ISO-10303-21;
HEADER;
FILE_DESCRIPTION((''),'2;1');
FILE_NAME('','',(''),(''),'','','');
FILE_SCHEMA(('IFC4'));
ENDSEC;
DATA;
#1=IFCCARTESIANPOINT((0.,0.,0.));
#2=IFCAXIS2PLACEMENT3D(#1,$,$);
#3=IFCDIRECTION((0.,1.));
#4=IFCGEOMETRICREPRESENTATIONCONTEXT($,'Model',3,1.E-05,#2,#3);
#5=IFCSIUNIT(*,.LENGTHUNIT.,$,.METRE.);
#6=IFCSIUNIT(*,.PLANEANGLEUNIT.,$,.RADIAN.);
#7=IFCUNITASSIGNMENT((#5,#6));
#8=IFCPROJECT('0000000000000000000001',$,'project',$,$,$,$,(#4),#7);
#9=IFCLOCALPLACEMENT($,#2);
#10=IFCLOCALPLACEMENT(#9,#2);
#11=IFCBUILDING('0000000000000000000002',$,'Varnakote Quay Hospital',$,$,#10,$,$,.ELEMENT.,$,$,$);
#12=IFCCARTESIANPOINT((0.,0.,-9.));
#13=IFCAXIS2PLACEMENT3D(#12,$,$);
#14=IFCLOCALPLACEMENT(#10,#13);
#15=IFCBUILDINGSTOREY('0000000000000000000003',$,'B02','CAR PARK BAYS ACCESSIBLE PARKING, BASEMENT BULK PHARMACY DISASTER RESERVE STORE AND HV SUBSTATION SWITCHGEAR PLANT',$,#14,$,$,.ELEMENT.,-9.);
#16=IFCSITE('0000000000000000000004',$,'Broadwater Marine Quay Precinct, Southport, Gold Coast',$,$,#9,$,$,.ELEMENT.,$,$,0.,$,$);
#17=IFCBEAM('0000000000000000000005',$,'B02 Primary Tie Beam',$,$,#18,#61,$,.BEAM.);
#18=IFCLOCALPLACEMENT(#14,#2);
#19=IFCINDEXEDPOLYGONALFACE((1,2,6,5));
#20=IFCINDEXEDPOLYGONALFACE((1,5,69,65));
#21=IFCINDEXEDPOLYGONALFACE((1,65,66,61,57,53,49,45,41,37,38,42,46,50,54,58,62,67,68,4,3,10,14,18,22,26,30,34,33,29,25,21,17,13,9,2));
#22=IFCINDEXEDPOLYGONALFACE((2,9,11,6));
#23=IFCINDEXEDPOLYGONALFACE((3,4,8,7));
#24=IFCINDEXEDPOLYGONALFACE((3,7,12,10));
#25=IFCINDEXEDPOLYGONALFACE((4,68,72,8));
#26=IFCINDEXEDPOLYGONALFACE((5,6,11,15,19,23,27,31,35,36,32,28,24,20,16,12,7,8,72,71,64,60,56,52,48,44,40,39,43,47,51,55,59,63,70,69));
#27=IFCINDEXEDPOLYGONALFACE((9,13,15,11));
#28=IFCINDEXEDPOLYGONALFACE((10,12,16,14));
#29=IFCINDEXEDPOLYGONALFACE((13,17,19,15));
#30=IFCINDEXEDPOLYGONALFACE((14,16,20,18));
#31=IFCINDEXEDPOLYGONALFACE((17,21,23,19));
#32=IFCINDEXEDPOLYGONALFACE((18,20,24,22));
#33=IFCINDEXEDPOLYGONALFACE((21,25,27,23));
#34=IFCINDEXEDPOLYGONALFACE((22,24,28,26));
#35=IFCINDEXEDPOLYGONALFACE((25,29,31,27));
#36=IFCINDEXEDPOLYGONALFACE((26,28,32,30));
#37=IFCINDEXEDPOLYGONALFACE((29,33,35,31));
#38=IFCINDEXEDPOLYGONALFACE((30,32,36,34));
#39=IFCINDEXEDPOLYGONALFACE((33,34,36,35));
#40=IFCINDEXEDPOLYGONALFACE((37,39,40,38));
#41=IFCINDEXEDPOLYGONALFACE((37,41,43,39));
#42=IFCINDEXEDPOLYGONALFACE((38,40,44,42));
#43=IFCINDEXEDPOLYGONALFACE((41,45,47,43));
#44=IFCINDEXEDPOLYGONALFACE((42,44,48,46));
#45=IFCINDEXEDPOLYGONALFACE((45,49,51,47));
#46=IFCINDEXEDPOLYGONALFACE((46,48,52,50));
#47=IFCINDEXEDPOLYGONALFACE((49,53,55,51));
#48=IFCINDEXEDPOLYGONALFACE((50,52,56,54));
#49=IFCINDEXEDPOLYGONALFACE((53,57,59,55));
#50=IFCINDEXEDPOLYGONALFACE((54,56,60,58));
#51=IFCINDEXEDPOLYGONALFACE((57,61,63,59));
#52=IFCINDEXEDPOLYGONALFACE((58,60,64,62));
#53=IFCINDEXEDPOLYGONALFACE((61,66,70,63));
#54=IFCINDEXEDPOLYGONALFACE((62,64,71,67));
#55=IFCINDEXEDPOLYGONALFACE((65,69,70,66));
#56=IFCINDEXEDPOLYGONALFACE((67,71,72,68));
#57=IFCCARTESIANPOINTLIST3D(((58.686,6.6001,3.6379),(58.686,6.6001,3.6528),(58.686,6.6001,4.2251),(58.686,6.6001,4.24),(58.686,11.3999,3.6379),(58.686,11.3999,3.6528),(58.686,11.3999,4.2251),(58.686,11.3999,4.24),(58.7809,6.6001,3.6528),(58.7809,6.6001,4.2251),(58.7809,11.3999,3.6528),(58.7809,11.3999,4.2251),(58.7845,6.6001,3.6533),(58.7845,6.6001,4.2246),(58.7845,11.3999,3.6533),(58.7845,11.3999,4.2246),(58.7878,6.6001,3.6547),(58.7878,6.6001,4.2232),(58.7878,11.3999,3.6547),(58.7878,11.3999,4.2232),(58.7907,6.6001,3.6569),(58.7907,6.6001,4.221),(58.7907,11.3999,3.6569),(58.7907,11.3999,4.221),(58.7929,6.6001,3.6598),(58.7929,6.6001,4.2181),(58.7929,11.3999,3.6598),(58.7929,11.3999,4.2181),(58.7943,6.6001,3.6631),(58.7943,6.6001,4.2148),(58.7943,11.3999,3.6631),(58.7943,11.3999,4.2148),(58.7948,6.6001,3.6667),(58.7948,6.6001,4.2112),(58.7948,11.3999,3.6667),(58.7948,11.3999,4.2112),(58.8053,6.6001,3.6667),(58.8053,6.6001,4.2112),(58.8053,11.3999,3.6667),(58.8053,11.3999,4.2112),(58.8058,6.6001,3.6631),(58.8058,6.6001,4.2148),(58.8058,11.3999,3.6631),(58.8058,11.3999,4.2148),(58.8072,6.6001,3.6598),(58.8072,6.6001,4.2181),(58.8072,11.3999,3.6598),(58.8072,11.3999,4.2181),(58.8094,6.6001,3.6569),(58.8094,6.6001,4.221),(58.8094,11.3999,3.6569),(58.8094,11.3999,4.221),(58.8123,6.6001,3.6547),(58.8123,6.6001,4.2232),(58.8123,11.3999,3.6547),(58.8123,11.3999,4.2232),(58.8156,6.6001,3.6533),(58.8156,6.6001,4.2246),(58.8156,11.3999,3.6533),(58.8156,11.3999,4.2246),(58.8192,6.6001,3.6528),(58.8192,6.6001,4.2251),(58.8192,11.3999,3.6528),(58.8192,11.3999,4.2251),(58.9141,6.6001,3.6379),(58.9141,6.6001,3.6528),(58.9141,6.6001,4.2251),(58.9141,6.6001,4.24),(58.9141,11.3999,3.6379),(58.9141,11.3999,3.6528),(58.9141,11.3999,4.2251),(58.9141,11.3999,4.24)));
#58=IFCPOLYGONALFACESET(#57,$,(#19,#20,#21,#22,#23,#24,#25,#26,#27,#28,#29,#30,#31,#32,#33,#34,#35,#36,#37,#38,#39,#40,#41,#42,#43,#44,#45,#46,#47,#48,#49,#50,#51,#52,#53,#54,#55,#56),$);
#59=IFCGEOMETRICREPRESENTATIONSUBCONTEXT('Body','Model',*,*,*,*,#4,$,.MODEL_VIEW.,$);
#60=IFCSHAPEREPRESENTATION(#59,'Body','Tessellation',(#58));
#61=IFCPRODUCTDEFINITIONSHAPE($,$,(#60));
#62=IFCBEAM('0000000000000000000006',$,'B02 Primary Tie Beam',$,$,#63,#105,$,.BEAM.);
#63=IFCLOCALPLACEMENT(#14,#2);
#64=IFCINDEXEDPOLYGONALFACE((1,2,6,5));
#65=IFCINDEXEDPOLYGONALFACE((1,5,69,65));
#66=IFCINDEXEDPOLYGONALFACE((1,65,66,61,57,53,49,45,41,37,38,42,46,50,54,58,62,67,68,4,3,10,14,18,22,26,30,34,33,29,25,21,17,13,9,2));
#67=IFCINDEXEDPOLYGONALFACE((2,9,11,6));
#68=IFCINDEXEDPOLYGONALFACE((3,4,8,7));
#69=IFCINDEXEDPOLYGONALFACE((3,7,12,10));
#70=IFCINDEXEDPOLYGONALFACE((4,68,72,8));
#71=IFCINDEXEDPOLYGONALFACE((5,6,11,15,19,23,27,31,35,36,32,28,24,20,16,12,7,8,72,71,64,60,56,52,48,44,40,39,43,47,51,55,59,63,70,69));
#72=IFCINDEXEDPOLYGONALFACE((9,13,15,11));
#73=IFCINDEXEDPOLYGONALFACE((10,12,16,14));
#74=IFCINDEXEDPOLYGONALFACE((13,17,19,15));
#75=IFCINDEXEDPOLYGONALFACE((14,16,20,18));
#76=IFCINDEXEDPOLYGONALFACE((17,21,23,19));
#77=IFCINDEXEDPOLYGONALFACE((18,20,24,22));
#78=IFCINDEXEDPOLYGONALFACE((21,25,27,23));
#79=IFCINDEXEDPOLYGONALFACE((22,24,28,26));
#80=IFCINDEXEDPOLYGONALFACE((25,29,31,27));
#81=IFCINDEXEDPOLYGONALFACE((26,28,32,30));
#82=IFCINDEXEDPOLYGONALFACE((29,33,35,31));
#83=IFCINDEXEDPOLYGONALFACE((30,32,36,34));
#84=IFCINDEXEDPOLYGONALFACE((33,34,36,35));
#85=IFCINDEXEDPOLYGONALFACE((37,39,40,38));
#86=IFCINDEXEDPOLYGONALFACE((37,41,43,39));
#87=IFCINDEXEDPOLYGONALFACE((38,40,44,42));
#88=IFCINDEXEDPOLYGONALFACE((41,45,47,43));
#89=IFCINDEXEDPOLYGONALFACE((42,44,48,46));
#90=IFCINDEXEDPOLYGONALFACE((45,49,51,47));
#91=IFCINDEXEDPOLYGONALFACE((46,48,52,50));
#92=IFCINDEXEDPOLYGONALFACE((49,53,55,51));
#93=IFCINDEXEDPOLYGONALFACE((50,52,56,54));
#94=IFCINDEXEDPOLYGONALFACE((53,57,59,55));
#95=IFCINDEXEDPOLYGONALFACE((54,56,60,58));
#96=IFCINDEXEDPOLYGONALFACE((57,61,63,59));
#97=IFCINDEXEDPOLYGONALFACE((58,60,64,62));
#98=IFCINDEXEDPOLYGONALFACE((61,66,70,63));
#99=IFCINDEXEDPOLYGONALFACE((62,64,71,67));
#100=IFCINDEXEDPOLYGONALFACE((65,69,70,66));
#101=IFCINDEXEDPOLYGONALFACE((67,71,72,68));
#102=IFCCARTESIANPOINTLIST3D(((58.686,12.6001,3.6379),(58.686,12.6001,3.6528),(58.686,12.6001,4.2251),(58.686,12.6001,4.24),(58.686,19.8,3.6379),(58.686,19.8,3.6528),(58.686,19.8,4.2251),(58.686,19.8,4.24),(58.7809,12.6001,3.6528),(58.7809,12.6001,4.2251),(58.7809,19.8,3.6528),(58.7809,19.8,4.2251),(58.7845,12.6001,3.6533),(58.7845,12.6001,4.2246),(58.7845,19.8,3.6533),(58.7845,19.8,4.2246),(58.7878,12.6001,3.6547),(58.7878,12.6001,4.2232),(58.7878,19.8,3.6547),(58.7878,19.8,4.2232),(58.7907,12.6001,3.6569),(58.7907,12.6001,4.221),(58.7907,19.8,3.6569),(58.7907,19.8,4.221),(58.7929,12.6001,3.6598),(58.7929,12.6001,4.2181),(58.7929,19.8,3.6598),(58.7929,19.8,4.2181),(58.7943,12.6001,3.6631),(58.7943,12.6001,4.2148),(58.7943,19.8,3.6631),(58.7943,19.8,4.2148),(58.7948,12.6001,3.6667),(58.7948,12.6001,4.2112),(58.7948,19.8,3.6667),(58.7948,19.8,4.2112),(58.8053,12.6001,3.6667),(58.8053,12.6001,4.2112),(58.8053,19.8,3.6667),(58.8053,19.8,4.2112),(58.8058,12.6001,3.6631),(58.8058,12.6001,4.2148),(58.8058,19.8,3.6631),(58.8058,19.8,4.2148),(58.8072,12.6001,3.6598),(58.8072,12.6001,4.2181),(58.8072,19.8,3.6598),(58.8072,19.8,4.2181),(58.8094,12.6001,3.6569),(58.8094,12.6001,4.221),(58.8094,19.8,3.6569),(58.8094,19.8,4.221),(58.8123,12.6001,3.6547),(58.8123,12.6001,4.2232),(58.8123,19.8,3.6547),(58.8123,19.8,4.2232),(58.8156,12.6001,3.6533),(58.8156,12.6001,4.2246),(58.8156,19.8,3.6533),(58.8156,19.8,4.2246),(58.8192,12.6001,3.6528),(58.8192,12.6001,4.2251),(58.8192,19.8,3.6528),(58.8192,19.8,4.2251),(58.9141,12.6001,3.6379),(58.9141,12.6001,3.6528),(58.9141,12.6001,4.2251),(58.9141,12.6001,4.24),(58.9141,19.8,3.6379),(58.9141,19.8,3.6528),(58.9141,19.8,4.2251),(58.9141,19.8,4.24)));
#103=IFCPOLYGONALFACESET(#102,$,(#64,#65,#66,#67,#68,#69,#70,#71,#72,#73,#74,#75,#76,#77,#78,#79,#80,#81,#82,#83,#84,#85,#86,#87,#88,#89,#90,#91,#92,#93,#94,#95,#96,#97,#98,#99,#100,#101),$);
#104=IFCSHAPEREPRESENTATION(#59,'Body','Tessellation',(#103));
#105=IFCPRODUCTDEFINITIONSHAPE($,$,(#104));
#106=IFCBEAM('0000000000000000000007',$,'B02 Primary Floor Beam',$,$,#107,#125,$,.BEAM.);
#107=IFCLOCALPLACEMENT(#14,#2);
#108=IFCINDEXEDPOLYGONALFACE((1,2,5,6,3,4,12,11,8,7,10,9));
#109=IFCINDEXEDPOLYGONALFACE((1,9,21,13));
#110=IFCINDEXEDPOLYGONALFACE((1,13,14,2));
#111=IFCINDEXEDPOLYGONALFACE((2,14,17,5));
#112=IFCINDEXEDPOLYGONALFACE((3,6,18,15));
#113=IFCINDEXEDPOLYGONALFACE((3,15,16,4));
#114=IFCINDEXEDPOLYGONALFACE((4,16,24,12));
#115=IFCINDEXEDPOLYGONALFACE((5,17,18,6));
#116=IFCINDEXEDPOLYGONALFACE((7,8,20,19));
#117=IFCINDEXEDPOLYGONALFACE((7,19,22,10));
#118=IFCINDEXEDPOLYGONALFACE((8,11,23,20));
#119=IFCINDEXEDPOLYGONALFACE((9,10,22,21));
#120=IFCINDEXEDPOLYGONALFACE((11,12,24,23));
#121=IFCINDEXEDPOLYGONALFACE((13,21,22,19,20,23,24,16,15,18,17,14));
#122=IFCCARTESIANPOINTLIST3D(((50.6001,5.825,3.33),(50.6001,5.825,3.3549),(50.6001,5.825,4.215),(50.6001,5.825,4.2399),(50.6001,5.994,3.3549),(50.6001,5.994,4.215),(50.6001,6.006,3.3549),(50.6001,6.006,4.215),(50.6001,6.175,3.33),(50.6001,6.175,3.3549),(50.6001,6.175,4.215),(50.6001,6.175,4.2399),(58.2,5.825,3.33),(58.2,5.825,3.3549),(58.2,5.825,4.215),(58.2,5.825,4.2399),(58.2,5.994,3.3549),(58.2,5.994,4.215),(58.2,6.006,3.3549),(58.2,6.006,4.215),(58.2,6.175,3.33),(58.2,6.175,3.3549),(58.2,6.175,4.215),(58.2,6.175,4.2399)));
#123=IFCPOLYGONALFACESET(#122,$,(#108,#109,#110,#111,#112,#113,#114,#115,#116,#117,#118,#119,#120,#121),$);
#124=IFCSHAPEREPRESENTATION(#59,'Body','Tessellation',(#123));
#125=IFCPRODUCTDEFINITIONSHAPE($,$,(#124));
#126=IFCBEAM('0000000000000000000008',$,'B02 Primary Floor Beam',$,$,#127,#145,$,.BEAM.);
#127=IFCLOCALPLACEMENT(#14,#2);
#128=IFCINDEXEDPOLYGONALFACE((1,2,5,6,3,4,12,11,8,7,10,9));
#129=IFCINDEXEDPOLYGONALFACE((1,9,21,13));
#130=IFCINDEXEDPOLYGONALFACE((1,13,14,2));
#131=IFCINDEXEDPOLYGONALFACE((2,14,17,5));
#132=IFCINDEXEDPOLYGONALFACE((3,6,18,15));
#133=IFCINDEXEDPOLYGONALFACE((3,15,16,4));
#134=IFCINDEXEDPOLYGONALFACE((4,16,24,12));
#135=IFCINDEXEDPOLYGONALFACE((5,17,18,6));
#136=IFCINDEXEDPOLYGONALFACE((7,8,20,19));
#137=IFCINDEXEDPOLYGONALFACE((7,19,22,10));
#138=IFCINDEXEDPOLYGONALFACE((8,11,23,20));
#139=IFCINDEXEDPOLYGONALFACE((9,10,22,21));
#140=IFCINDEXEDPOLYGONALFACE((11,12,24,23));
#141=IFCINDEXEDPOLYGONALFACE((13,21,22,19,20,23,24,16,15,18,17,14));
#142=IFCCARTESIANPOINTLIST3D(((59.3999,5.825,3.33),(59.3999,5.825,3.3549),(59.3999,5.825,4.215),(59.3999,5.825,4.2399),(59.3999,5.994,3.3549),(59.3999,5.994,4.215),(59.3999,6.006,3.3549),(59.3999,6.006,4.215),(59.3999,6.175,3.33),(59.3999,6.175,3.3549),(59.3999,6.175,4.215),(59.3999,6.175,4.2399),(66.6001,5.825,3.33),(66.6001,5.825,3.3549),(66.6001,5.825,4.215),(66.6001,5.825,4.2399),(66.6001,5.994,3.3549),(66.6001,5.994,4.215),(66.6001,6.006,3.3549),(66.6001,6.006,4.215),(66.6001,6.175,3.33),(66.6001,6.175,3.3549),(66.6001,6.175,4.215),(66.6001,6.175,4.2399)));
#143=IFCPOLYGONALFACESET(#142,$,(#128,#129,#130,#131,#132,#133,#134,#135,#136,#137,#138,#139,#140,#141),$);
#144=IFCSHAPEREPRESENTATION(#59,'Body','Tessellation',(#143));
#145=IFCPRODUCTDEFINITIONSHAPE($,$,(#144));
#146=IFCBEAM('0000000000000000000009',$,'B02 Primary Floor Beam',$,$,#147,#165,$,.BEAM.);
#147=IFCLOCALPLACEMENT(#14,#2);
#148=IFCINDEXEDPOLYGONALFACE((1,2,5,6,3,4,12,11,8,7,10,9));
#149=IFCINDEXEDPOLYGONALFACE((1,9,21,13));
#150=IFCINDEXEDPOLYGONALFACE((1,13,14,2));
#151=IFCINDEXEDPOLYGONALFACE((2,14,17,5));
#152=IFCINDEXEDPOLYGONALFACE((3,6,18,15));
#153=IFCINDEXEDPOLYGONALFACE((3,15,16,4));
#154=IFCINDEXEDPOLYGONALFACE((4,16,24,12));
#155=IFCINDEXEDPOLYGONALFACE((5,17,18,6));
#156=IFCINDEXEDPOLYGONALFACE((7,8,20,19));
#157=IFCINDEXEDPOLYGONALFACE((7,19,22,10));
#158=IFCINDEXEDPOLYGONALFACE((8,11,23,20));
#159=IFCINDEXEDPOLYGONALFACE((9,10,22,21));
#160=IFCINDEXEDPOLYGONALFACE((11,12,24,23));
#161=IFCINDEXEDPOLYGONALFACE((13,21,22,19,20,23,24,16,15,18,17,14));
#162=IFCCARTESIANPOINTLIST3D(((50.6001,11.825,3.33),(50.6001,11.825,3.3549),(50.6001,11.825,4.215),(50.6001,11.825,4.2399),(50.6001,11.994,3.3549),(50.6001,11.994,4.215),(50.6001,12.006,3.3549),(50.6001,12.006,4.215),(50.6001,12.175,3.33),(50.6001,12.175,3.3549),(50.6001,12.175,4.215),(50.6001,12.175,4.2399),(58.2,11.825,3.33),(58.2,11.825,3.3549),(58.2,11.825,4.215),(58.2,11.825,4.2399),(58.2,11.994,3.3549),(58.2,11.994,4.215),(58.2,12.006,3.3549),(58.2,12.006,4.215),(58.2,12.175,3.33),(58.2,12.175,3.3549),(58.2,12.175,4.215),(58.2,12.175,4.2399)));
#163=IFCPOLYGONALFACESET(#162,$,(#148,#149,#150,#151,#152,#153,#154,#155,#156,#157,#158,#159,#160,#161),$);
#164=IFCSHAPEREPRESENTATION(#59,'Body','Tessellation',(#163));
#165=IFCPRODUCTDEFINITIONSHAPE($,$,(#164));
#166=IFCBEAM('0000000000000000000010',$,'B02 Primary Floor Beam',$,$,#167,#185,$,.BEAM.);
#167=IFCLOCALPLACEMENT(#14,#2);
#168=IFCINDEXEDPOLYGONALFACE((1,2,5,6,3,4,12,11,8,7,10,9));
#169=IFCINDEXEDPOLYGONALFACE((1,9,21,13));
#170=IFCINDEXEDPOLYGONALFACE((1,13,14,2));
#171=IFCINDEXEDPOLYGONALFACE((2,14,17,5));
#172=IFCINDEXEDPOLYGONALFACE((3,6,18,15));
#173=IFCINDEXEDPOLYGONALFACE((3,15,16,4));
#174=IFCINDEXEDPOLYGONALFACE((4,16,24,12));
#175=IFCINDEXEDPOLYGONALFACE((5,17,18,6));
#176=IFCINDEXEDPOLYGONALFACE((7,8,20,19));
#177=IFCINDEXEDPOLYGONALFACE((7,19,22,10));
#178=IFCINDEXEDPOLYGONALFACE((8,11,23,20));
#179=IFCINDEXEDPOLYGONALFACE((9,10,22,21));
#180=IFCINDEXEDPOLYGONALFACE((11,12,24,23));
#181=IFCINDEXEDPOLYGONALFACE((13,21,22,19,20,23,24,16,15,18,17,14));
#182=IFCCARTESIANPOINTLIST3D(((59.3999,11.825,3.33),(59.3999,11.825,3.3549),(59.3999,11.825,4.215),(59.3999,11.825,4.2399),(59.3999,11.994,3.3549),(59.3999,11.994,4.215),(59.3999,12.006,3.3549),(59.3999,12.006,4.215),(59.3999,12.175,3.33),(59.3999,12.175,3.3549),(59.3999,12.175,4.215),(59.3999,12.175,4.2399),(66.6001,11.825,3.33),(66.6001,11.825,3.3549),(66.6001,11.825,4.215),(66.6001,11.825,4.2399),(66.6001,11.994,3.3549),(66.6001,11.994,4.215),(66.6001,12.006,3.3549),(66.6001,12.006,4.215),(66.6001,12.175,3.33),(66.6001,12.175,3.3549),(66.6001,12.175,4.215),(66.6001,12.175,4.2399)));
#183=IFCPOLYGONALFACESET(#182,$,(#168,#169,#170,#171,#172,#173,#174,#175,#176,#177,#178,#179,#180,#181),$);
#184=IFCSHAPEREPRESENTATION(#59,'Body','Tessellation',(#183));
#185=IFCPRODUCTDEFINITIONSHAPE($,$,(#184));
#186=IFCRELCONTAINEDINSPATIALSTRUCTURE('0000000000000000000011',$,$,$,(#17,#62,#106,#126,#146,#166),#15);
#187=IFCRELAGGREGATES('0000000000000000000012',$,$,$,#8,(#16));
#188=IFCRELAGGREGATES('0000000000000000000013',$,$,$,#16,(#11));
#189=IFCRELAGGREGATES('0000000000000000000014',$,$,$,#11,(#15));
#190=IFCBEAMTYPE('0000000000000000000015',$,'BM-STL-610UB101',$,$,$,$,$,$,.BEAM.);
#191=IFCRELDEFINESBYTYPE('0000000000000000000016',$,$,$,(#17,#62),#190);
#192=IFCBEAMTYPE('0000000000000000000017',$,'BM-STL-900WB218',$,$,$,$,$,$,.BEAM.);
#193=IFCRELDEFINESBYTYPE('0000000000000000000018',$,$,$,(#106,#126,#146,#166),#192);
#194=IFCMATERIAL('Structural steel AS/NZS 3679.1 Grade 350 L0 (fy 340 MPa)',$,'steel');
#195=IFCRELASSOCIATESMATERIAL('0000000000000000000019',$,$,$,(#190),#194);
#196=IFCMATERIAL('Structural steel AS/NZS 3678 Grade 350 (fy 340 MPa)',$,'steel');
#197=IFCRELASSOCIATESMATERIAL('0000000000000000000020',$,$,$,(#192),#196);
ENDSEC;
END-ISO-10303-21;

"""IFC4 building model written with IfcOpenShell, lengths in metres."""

from ifc_helpers import new_model, si_unit, direction, frame, origin, origin_2d, place, context, subcontext, project, spatial, i_section, extrude, material, material_profile, profile_set, type_object, element, save


model = new_model("IFC4")

# Units and contexts
model_context = context("Model", 3, precision=1e-05, world=origin(), true_north=direction((0.0, 1.0)))
body_context = subcontext(model_context, "Body", "Model", "MODEL_VIEW")
ifc_project = project(units=[si_unit("LENGTHUNIT", "METRE"), si_unit("PLANEANGLEUNIT", "RADIAN")], contexts=[model_context])

# Site, building, storey
site_placement = place(None, origin())
site = spatial("IfcSite", under=ifc_project, at=site_placement, Name="Broadwater Marine Quay Precinct, Southport, Gold Coast", CompositionType="ELEMENT", RefElevation=0.0)
building_placement = place(site_placement, origin())
building = spatial("IfcBuilding", under=site, at=building_placement, Name="Varnakote Quay Hospital", CompositionType="ELEMENT")
storey_placement = place(building_placement, frame((0.0, 0.0, -9.0)))
storey = spatial("IfcBuildingStorey", under=building, at=storey_placement, Name="B02", Description="CAR PARK BAYS ACCESSIBLE PARKING, BASEMENT BULK PHARMACY DISASTER RESERVE STORE AND HV SUBSTATION SWITCHGEAR PLANT", CompositionType="ELEMENT", Elevation=-9.0)

# Beams
ifc_material_1 = material(Name="Structural steel AS/NZS 3679.1 Grade 350 L0 (fy 340 MPa)", Category="steel")
ifc_material_profile_1 = material_profile(ifc_material_1, i_section(OverallWidth=0.228, OverallDepth=0.6021, WebThickness=0.0105, FlangeThickness=0.0149, FilletRadius=0.0139, at=origin_2d()), Name="610UB101")
ifc_profile_set_1 = profile_set([ifc_material_profile_1], Name="Structural steel AS/NZS 3679.1 Grade 350 L0 (fy 340 MPa)")
beam_type_1 = type_object("IfcBeamType", Name="BM-STL-610UB101", PredefinedType="BEAM", material=ifc_profile_set_1)
beam_1_placement = place(storey_placement, frame((58.8, 6.6001, 3.939), z_axis=(0.0, 1.0, 0.0), x_axis=(-1.0, 0.0, 0.0)))
element("IfcBeam", 1, at=beam_1_placement, inside=storey, type_object=beam_type_1, Name="B02 Primary Tie Beam", PredefinedType="BEAM", context=body_context, shape_type="SweptSolid", body=[
    extrude(i_section(OverallWidth=0.228, OverallDepth=0.6021, WebThickness=0.0105, FlangeThickness=0.0149, FilletRadius=0.0139, at=origin_2d()), origin(), (0.0, 0.0, 1.0), 4.7998),
])
beam_2_placement = place(storey_placement, frame((58.8, 12.6001, 3.939), z_axis=(0.0, 1.0, 0.0), x_axis=(-1.0, 0.0, 0.0)))
element("IfcBeam", 2, at=beam_2_placement, inside=storey, type_object=beam_type_1, Name="B02 Primary Tie Beam", PredefinedType="BEAM", context=body_context, shape_type="SweptSolid", body=[
    extrude(i_section(OverallWidth=0.228, OverallDepth=0.6021, WebThickness=0.0105, FlangeThickness=0.0149, FilletRadius=0.0139, at=origin_2d()), origin(), (0.0, 0.0, 1.0), 7.2),
])
ifc_material_2 = material(Name="Structural steel AS/NZS 3678 Grade 350 (fy 340 MPa)", Category="steel")
ifc_material_profile_2 = material_profile(ifc_material_2, i_section(OverallWidth=0.3501, OverallDepth=0.9099, WebThickness=0.012, FlangeThickness=0.0249, at=origin_2d()), Name="900WB218")
ifc_profile_set_2 = profile_set([ifc_material_profile_2], Name="Structural steel AS/NZS 3678 Grade 350 (fy 340 MPa)")
beam_type_2 = type_object("IfcBeamType", Name="BM-STL-900WB218", PredefinedType="BEAM", material=ifc_profile_set_2)
beam_3_placement = place(storey_placement, frame((50.6001, 6.0, 3.7849), z_axis=(1.0, 0.0, 0.0), x_axis=(0.0, 1.0, 0.0)))
element("IfcBeam", 3, at=beam_3_placement, inside=storey, type_object=beam_type_2, Name="B02 Primary Floor Beam", PredefinedType="BEAM", context=body_context, shape_type="SweptSolid", body=[
    extrude(i_section(OverallWidth=0.3501, OverallDepth=0.9099, WebThickness=0.012, FlangeThickness=0.0249, at=origin_2d()), origin(), (0.0, 0.0, 1.0), 7.5999),
])
beam_4_placement = place(storey_placement, frame((59.3999, 6.0, 3.7849), z_axis=(1.0, 0.0, 0.0), x_axis=(0.0, 1.0, 0.0)))
element("IfcBeam", 4, at=beam_4_placement, inside=storey, type_object=beam_type_2, Name="B02 Primary Floor Beam", PredefinedType="BEAM", context=body_context, shape_type="SweptSolid", body=[
    extrude(i_section(OverallWidth=0.3501, OverallDepth=0.9099, WebThickness=0.012, FlangeThickness=0.0249, at=origin_2d()), origin(), (0.0, 0.0, 1.0), 7.2002),
])
beam_5_placement = place(storey_placement, frame((50.6001, 12.0, 3.7849), z_axis=(1.0, 0.0, 0.0), x_axis=(0.0, 1.0, 0.0)))
element("IfcBeam", 5, at=beam_5_placement, inside=storey, type_object=beam_type_2, Name="B02 Primary Floor Beam", PredefinedType="BEAM", context=body_context, shape_type="SweptSolid", body=[
    extrude(i_section(OverallWidth=0.3501, OverallDepth=0.9099, WebThickness=0.012, FlangeThickness=0.0249, at=origin_2d()), origin(), (0.0, 0.0, 1.0), 7.5999),
])
beam_6_placement = place(storey_placement, frame((59.3999, 12.0, 3.7849), z_axis=(1.0, 0.0, 0.0), x_axis=(0.0, 1.0, 0.0)))
element("IfcBeam", 6, at=beam_6_placement, inside=storey, type_object=beam_type_2, Name="B02 Primary Floor Beam", PredefinedType="BEAM", context=body_context, shape_type="SweptSolid", body=[
    extrude(i_section(OverallWidth=0.3501, OverallDepth=0.9099, WebThickness=0.012, FlangeThickness=0.0249, at=origin_2d()), origin(), (0.0, 0.0, 1.0), 7.2002),
])

save(model, "model.ifc")
